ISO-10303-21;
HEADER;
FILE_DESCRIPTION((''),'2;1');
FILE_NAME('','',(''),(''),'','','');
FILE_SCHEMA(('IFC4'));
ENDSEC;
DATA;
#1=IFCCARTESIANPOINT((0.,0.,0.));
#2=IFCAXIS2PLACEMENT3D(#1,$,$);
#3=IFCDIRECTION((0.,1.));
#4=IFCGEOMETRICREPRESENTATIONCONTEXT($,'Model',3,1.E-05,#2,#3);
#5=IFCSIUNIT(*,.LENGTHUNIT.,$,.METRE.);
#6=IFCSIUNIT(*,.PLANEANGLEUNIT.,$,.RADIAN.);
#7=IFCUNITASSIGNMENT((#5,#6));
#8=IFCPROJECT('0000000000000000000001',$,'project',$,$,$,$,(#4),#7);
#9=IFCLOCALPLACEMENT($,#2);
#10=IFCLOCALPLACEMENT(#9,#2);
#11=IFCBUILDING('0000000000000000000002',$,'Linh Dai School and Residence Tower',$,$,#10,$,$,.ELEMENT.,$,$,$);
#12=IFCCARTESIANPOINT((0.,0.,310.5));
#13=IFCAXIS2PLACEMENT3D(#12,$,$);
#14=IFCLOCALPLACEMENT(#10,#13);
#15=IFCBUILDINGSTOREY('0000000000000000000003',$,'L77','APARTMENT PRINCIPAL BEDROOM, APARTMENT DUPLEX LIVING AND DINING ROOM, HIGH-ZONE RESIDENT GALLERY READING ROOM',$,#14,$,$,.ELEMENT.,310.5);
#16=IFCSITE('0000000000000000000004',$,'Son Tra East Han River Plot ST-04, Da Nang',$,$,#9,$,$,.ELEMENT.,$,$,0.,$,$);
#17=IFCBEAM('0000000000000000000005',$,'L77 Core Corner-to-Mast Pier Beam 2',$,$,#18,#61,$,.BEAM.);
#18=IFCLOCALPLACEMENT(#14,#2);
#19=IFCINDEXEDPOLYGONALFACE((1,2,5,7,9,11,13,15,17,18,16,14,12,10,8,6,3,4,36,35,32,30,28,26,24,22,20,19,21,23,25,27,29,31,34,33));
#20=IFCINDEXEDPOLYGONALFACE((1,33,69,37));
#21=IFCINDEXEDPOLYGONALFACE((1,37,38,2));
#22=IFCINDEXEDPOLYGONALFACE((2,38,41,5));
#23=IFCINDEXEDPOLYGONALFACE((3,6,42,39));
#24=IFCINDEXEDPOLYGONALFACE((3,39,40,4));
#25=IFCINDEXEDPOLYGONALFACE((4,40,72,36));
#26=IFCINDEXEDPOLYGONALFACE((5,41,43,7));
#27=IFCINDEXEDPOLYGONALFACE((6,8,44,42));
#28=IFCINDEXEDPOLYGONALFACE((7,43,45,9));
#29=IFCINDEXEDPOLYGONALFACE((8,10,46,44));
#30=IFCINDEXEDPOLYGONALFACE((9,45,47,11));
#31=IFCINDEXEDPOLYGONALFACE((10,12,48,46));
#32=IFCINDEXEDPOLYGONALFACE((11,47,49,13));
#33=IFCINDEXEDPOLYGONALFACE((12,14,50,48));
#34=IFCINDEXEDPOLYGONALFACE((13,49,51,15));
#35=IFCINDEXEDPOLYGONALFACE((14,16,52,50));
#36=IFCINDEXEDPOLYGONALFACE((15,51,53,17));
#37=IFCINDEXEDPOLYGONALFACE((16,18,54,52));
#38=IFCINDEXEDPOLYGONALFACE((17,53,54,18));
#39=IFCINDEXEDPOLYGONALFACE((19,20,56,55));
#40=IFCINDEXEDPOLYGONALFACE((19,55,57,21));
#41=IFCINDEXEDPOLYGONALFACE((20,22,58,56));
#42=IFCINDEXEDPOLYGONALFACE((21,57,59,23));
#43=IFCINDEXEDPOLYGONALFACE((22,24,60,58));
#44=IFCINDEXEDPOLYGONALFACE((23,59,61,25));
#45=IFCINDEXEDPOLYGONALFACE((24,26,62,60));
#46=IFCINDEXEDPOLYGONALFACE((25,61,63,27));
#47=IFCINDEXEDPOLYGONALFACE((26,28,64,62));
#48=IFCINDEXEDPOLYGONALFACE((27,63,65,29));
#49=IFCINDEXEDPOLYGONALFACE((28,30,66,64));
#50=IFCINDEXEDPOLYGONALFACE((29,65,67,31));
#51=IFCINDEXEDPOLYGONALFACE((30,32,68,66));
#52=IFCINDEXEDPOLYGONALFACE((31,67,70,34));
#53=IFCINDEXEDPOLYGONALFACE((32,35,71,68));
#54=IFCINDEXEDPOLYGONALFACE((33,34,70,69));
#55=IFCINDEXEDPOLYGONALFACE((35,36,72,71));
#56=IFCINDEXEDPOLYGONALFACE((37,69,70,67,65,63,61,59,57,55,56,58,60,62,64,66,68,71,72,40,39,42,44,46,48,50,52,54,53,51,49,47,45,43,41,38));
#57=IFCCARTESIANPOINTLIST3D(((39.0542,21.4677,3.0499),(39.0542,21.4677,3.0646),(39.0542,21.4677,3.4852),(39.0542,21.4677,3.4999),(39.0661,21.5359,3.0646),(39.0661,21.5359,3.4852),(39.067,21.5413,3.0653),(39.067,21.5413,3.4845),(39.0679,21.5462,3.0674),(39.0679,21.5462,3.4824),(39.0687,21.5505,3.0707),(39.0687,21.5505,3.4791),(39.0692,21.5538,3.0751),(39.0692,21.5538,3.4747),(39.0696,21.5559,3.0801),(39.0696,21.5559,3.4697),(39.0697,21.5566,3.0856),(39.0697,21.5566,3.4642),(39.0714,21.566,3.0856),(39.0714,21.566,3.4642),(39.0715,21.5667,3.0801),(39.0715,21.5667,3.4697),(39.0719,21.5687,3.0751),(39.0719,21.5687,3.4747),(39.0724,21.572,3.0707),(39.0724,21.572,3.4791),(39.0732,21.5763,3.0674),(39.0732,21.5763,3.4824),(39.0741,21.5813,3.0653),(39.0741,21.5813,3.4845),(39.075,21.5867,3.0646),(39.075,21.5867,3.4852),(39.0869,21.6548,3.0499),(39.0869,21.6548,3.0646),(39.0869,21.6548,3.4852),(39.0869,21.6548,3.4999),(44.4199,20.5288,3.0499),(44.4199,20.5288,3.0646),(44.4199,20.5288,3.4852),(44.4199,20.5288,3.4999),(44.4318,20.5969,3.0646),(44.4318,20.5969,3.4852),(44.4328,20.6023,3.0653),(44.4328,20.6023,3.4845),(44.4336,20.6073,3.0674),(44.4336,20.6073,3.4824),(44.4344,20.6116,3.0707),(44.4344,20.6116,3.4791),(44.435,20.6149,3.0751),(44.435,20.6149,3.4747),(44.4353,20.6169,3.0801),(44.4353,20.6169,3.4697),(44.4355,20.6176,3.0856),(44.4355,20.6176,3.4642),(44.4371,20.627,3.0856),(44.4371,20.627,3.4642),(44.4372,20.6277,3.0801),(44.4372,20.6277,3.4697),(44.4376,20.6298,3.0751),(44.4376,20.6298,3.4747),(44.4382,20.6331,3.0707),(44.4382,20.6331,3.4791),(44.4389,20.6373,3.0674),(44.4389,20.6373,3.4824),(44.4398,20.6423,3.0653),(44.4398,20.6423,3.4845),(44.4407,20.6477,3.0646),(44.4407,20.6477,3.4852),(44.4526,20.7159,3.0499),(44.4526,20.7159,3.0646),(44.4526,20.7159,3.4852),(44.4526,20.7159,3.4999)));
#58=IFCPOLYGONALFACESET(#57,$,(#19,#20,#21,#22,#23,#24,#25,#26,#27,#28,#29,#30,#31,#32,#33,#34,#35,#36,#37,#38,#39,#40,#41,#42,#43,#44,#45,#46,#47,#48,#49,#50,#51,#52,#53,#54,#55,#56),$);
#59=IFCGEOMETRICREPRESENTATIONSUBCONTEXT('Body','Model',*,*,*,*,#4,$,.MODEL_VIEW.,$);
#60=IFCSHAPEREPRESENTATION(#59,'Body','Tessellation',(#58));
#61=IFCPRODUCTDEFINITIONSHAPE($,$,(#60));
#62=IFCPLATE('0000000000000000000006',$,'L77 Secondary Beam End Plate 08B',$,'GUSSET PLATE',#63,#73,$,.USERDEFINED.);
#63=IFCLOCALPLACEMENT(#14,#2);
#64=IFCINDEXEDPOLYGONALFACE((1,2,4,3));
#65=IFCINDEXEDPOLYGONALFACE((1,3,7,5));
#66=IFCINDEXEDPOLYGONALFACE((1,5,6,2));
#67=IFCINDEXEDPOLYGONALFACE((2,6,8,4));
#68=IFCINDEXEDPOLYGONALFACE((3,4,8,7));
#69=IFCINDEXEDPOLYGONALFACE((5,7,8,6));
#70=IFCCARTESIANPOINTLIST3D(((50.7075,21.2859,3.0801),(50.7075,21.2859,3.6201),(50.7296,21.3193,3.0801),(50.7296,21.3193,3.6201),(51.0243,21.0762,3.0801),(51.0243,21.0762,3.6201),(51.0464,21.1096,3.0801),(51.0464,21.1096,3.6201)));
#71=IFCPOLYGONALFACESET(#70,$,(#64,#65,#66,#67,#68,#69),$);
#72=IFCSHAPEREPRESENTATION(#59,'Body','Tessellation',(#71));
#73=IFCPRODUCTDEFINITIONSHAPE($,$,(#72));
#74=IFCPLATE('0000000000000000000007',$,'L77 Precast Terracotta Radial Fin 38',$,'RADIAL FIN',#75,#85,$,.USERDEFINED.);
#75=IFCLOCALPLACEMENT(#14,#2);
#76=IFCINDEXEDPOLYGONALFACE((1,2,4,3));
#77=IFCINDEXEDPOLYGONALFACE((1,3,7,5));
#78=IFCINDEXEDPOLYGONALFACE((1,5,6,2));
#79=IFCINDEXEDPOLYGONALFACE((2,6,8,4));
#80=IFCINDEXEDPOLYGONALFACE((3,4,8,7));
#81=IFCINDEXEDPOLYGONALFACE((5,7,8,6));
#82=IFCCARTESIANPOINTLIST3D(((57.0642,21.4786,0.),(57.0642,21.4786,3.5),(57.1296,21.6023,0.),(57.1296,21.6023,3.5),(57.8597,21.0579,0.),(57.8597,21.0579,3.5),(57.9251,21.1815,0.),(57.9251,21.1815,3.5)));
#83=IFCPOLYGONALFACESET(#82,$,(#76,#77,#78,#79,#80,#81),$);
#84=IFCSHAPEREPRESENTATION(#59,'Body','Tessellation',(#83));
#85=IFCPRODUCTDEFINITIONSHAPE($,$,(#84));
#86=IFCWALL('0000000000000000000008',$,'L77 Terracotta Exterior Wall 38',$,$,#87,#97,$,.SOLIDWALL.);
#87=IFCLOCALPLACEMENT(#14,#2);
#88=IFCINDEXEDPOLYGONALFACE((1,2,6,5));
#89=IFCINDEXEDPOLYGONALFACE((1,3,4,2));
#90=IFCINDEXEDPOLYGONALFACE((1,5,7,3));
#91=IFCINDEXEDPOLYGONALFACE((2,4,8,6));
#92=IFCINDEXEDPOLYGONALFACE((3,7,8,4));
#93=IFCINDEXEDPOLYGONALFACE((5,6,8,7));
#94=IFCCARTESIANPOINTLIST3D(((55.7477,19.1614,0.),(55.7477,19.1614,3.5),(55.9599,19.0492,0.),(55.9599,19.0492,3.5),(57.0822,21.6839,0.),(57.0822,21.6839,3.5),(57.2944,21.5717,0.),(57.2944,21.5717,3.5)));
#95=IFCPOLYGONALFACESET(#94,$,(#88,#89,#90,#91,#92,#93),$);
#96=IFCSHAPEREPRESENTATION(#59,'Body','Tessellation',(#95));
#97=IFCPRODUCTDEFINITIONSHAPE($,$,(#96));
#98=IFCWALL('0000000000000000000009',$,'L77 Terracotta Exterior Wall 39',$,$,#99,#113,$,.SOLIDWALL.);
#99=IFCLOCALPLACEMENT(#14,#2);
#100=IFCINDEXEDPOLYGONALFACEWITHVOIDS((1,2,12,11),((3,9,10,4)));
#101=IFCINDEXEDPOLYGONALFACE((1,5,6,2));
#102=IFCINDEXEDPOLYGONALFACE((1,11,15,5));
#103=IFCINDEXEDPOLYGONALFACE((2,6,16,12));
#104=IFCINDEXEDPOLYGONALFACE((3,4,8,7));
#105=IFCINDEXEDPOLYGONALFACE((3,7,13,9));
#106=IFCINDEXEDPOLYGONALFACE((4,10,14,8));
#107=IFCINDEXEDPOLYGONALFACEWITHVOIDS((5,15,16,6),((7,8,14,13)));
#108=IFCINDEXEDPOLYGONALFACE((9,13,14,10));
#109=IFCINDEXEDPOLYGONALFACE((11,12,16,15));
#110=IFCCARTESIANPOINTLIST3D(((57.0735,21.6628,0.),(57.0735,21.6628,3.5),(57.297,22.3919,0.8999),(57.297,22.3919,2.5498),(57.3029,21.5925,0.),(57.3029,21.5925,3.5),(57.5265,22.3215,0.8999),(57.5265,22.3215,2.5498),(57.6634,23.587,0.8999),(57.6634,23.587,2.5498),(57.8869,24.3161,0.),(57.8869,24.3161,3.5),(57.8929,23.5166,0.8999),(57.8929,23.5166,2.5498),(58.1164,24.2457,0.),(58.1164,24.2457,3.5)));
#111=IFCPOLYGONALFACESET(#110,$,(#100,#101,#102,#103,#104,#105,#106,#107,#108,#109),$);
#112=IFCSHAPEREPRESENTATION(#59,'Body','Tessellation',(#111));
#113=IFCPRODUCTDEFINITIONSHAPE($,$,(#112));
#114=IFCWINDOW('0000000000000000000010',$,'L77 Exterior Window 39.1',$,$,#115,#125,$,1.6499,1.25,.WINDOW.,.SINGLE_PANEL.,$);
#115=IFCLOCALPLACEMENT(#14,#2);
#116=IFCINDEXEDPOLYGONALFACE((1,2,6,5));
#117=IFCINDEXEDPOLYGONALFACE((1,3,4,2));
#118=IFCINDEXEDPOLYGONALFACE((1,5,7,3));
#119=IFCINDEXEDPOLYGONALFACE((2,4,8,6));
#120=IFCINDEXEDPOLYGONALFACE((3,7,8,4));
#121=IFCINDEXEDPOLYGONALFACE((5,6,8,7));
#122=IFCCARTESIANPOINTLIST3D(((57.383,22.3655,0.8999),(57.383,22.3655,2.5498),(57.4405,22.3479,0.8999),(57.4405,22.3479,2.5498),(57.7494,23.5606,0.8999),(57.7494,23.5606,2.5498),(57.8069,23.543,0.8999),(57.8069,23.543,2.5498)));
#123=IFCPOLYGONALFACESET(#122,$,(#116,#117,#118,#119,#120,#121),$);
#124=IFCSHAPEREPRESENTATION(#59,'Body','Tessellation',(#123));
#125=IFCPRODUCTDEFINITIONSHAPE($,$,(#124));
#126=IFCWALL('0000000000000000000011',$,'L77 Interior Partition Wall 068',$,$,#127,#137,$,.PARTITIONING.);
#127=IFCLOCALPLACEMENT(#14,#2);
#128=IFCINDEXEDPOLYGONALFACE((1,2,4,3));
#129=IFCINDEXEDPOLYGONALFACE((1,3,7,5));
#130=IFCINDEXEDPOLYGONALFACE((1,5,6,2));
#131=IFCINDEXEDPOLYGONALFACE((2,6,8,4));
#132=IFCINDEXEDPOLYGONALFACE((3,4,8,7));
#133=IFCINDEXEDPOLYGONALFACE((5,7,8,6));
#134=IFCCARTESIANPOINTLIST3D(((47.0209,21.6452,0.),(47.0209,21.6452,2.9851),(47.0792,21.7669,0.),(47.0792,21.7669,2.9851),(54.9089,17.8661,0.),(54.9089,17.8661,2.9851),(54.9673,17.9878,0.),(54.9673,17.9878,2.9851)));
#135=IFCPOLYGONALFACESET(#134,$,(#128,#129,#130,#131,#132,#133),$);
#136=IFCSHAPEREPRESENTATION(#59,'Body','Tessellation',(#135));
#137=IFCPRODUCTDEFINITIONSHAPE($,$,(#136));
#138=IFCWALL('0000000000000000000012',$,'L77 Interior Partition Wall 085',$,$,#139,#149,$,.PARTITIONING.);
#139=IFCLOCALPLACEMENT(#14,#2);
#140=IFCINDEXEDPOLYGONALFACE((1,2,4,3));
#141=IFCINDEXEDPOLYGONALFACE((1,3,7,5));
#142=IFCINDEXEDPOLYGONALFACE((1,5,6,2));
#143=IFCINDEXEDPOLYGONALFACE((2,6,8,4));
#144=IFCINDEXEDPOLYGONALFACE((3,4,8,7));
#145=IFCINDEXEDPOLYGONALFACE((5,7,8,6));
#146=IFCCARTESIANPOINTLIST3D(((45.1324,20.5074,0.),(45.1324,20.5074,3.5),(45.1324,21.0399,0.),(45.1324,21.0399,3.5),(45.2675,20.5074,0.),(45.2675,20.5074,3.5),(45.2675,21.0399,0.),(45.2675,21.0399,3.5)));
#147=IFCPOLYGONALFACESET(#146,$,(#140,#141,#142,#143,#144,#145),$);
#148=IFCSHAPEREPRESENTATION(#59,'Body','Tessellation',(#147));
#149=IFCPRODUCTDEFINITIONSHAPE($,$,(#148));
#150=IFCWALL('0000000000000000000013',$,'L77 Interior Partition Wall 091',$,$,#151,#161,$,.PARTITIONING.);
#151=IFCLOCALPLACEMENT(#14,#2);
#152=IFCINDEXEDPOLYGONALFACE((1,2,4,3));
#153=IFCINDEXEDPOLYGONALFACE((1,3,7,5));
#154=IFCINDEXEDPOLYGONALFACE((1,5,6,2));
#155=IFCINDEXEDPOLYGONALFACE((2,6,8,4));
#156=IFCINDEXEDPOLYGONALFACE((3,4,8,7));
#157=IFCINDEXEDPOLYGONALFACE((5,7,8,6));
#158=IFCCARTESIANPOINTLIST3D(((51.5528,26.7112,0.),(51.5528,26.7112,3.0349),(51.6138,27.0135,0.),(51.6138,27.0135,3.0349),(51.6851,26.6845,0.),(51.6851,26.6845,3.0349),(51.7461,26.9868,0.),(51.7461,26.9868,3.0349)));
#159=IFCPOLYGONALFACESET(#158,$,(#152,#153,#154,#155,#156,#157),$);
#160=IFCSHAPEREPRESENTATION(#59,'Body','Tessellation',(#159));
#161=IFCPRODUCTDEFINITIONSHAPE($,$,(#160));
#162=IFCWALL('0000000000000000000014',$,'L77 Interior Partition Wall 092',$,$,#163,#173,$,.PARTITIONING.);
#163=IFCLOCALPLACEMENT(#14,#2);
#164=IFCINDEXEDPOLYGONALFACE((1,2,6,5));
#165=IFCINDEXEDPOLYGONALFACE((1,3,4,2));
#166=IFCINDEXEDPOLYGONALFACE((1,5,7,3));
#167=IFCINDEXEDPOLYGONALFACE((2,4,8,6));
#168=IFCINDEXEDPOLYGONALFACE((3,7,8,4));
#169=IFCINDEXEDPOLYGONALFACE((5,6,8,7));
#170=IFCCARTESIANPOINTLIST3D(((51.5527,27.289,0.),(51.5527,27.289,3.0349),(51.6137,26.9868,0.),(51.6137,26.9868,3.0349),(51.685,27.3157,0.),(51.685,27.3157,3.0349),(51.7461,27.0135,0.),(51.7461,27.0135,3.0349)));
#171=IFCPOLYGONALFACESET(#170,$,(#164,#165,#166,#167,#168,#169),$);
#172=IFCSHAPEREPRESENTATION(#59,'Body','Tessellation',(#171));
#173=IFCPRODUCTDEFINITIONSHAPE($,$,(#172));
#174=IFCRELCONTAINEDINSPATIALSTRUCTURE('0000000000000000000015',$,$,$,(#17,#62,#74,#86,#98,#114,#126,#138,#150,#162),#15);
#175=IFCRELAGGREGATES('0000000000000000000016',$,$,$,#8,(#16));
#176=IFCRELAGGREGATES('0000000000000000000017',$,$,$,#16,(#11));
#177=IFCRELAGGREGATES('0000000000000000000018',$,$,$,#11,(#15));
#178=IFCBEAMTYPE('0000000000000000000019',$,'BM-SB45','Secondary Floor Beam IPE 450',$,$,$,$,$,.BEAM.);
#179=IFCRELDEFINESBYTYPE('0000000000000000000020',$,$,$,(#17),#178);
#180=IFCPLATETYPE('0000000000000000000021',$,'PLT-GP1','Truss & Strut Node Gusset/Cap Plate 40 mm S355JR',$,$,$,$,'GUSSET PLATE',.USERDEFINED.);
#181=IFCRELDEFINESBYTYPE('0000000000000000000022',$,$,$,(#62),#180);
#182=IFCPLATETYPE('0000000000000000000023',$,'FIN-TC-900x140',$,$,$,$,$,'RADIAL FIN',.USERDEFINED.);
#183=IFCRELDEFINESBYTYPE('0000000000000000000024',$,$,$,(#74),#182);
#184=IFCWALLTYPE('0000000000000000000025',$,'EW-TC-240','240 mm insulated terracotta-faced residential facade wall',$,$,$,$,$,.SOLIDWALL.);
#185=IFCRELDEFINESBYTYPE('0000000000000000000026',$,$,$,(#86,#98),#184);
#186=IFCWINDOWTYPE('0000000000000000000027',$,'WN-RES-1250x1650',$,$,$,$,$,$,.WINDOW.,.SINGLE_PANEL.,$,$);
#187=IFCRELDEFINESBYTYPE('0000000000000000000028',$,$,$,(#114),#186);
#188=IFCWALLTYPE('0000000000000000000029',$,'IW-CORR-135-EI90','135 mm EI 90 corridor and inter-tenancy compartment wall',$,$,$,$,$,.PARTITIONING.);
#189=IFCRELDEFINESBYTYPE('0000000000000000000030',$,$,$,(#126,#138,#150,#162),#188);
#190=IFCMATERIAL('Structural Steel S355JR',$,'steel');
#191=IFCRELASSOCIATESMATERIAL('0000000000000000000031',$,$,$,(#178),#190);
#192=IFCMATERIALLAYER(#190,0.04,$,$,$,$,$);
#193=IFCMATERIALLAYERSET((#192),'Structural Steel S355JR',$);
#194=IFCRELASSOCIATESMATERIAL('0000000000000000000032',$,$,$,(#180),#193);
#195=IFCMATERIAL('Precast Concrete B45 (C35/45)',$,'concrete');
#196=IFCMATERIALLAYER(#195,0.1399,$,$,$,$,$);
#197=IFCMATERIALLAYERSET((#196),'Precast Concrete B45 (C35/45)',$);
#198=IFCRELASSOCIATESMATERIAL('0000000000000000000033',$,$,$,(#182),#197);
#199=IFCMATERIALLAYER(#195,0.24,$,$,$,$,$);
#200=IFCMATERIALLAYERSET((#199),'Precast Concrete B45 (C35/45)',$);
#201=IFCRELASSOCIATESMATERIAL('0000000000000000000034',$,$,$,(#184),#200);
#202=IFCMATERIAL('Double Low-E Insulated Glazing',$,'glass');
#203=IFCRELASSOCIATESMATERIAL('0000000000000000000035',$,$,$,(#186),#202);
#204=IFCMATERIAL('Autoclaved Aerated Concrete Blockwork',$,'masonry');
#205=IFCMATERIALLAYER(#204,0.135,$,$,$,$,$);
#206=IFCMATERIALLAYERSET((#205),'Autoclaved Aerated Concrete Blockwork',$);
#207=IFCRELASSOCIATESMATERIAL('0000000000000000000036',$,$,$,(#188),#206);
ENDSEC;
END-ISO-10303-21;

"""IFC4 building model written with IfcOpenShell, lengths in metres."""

from ifc_helpers import new_model, si_unit, direction, frame, frame_2d, origin, origin_2d, place, context, subcontext, project, spatial, rectangle, i_section, extrude, source, transform, mapped, material, layer, layer_set, material_profile, profile_set, type_object, element, fill, save


model = new_model("IFC4")

# Units and contexts
model_context = context("Model", 3, precision=1e-05, world=origin(), true_north=direction((0.0, 1.0)))
body_context = subcontext(model_context, "Body", "Model", "MODEL_VIEW")
ifc_project = project(units=[si_unit("LENGTHUNIT", "METRE"), si_unit("PLANEANGLEUNIT", "RADIAN")], contexts=[model_context])

# Site, building, storey
site_placement = place(None, origin())
site = spatial("IfcSite", under=ifc_project, at=site_placement, Name="Son Tra East Han River Plot ST-04, Da Nang", CompositionType="ELEMENT", RefElevation=0.0)
building_placement = place(site_placement, origin())
building = spatial("IfcBuilding", under=site, at=building_placement, Name="Linh Dai School and Residence Tower", CompositionType="ELEMENT")
storey_placement = place(building_placement, frame((0.0, 0.0, 310.5)))
storey = spatial("IfcBuildingStorey", under=building, at=storey_placement, Name="L77", Description="APARTMENT PRINCIPAL BEDROOM, APARTMENT DUPLEX LIVING AND DINING ROOM, HIGH-ZONE RESIDENT GALLERY READING ROOM", CompositionType="ELEMENT", Elevation=310.5)

# Shared definitions
ifc_material_1 = material(Name="Structural Steel S355JR", Category="steel")

# Beam
ifc_material_profile_1 = material_profile(ifc_material_1, i_section(OverallWidth=0.1899, OverallDepth=0.45, WebThickness=0.0095, FlangeThickness=0.0146, FilletRadius=0.021, at=origin_2d()), Name="IPE 450")
ifc_profile_set_1 = profile_set([ifc_material_profile_1], Name="Structural Steel S355JR")
beam_type_1 = type_object("IfcBeamType", Name="BM-SB45", Description="Secondary Floor Beam IPE 450", PredefinedType="BEAM", material=ifc_profile_set_1)
beam_1_placement = place(storey_placement, frame((44.4363, 20.6223, 3.2749), z_axis=(-0.985032, 0.172374, 0.0), x_axis=(-0.172374, -0.985032, 0.0)))
element("IfcBeam", 1, at=beam_1_placement, inside=storey, type_object=beam_type_1, Name="L77 Core Corner-to-Mast Pier Beam 2", PredefinedType="BEAM", context=body_context, shape_type="SweptSolid", body=[
    extrude(i_section(OverallWidth=0.1899, OverallDepth=0.45, WebThickness=0.0095, FlangeThickness=0.0146, FilletRadius=0.021, at=origin_2d()), origin(), (0.0, 0.0, 1.0), 5.4473),
])

# Plates
ifc_layer_1 = layer(ifc_material_1, 0.04)
ifc_layer_set_1 = layer_set([ifc_layer_1], Name="Structural Steel S355JR")
plate_type_1 = type_object("IfcPlateType", Name="PLT-GP1", Description="Truss & Strut Node Gusset/Cap Plate 40 mm S355JR", ElementType="GUSSET PLATE", PredefinedType="USERDEFINED", material=ifc_layer_set_1)
shared_shape_1 = source(origin(), body_context, "Body", "SweptSolid", [
    extrude(rectangle(XDim=0.04, YDim=0.3799, at=origin_2d()), origin(), (0.0, 0.0, 1.0), 0.54),
])
plate_1_placement = place(storey_placement, frame((50.877, 21.1978, 3.0801), z_axis=(0.0, 0.0, 1.0), x_axis=(0.552122, 0.833763, 0.0)))
element("IfcPlate", 2, at=plate_1_placement, inside=storey, type_object=plate_type_1, Name="L77 Secondary Beam End Plate 08B", ObjectType="GUSSET PLATE", PredefinedType="USERDEFINED", context=body_context, shape_type="MappedRepresentation", body=[
    mapped(shared_shape_1, transform((0.0, 0.0, 0.0), x_axis=(1.0, 0.0, 0.0), y_axis=(0.0, 1.0, 0.0), z_axis=(0.0, 0.0, 1.0), scale=1.0)),
])
ifc_material_2 = material(Name="Precast Concrete B45 (C35/45)", Category="concrete")
ifc_layer_2 = layer(ifc_material_2, 0.1399)
ifc_layer_set_2 = layer_set([ifc_layer_2], Name="Precast Concrete B45 (C35/45)")
plate_type_2 = type_object("IfcPlateType", Name="FIN-TC-900x140", ElementType="RADIAL FIN", PredefinedType="USERDEFINED", material=ifc_layer_set_2)
shared_shape_2 = source(origin(), body_context, "Body", "SweptSolid", [
    extrude(rectangle(XDim=0.8999, YDim=0.1399, at=origin_2d()), origin(), (0.0, 0.0, 1.0), 3.5),
])
plate_2_placement = place(storey_placement, frame((57.4946, 21.3301, 0.0), z_axis=(0.0, 0.0, 1.0), x_axis=(0.883938, -0.467604, 0.0)))
element("IfcPlate", 3, at=plate_2_placement, inside=storey, type_object=plate_type_2, Name="L77 Precast Terracotta Radial Fin 38", ObjectType="RADIAL FIN", PredefinedType="USERDEFINED", context=body_context, shape_type="MappedRepresentation", body=[
    mapped(shared_shape_2, transform((0.0, 0.0, 0.0), x_axis=(1.0, 0.0, 0.0), y_axis=(0.0, 1.0, 0.0), z_axis=(0.0, 0.0, 1.0), scale=1.0)),
])

# Wall
ifc_layer_3 = layer(ifc_material_2, 0.24)
ifc_layer_set_3 = layer_set([ifc_layer_3], Name="Precast Concrete B45 (C35/45)")
wall_type_1 = type_object("IfcWallType", Name="EW-TC-240", Description="240 mm insulated terracotta-faced residential facade wall", PredefinedType="SOLIDWALL", material=ifc_layer_set_3)
wall_1_placement = place(storey_placement, frame((57.1882, 21.6277, 0.0), z_axis=(0.0, 0.0, 1.0), x_axis=(-0.467628, -0.883925, 0.0)))
element("IfcWall", 4, at=wall_1_placement, inside=storey, type_object=wall_type_1, Name="L77 Terracotta Exterior Wall 38", PredefinedType="SOLIDWALL", context=body_context, shape_type="SweptSolid", body=[
    extrude(rectangle(XDim=2.8538, YDim=0.24, at=frame_2d((1.4268, 0.0))), origin(), (0.0, 0.0, 1.0), 3.5),
])

# Wall, opening, window
wall_2_placement = place(storey_placement, frame((58.0017, 24.281, 0.0), z_axis=(0.0, 0.0, 1.0), x_axis=(-0.293121, -0.956075, 0.0)))
wall_2 = element("IfcWall", 5, at=wall_2_placement, inside=storey, type_object=wall_type_1, Name="L77 Terracotta Exterior Wall 39", PredefinedType="SOLIDWALL", context=body_context, shape_type="SweptSolid", body=[
    extrude(rectangle(XDim=2.7751, YDim=0.24, at=frame_2d((1.3877, 0.0))), origin(), (0.0, 0.0, 1.0), 3.5),
])
opening_1_placement = place(wall_2_placement, frame((0.7627, 0.0, 0.8999)))
opening_1 = element("IfcOpeningElement", 6, at=opening_1_placement, cuts=wall_2, PredefinedType="OPENING", context=body_context, shape_type="SweptSolid", body=[
    extrude(rectangle(XDim=1.25, YDim=1.6499, at=origin_2d()), frame((0.625, 0.1299, 0.825), z_axis=(0.0, -1.0, 0.0), x_axis=(1.0, 0.0, 0.0)), (0.0, 0.0, 1.0), 0.26),
])
ifc_material_3 = material(Name="Double Low-E Insulated Glazing", Category="glass")
window_type = type_object("IfcWindowType", Name="WN-RES-1250x1650", PartitioningType="SINGLE_PANEL", PredefinedType="WINDOW", material=ifc_material_3)
shared_shape_3 = source(origin(), body_context, "Body", "SweptSolid", [
    extrude(rectangle(XDim=1.25, YDim=1.6499, at=origin_2d()), frame((0.625, 0.03, 0.825), z_axis=(0.0, -1.0, 0.0), x_axis=(1.0, 0.0, 0.0)), (0.0, 0.0, 1.0), 0.0601),
])
window_placement = place(opening_1_placement, origin())
window = element("IfcWindow", 7, at=window_placement, inside=storey, type_object=window_type, Name="L77 Exterior Window 39.1", OverallHeight=1.6499, OverallWidth=1.25, PartitioningType="SINGLE_PANEL", PredefinedType="WINDOW", context=body_context, shape_type="MappedRepresentation", body=[
    mapped(shared_shape_3, transform((0.0, 0.0, 0.0), x_axis=(1.0, 0.0, 0.0), y_axis=(0.0, 1.0, 0.0), z_axis=(0.0, 0.0, 1.0), scale=1.0)),
])
fill(opening_1, window)

# Walls
ifc_material_4 = material(Name="Autoclaved Aerated Concrete Blockwork", Category="masonry")
ifc_layer_4 = layer(ifc_material_4, 0.135)
ifc_layer_set_4 = layer_set([ifc_layer_4], Name="Autoclaved Aerated Concrete Blockwork")
wall_type_2 = type_object("IfcWallType", Name="IW-CORR-135-EI90", Description="135 mm EI 90 corridor and inter-tenancy compartment wall", PredefinedType="PARTITIONING", material=ifc_layer_set_4)
wall_3_placement = place(storey_placement, frame((47.05, 21.7061, 0.0), z_axis=(0.0, 0.0, 1.0), x_axis=(0.901842, -0.432066, 0.0)))
element("IfcWall", 8, at=wall_3_placement, inside=storey, type_object=wall_type_2, Name="L77 Interior Partition Wall 068", PredefinedType="PARTITIONING", context=body_context, shape_type="SweptSolid", body=[
    extrude(rectangle(XDim=8.7466, YDim=0.135, at=frame_2d((4.3733, 0.0))), origin(), (0.0, 0.0, 1.0), 2.9851),
])
wall_4_placement = place(storey_placement, frame((45.2, 20.5076, 0.0), z_axis=(0.0, 0.0, 1.0), x_axis=(0.0, 1.0, 0.0)))
element("IfcWall", 9, at=wall_4_placement, inside=storey, type_object=wall_type_2, Name="L77 Interior Partition Wall 085", PredefinedType="PARTITIONING", context=body_context, shape_type="SweptSolid", body=[
    extrude(rectangle(XDim=0.5325, YDim=0.135, at=frame_2d((0.2661, 0.0))), origin(), (0.0, 0.0, 1.0), 3.5),
])
for number, where, z_axis, x_axis, name in (
    (10, (51.6189, 26.6978, 0.0), (0.0, 0.0, 1.0), (0.197943, 0.980214, 0.0), "L77 Interior Partition Wall 091"),
    (11, (51.6799, 27.0, 0.0), (0.0, 0.0, 1.0), (-0.197943, 0.980214, 0.0), "L77 Interior Partition Wall 092"),
):
    element("IfcWall", number, at=place(storey_placement, frame(where, z_axis=z_axis, x_axis=x_axis)), inside=storey, type_object=wall_type_2, Name=name, PredefinedType="PARTITIONING", context=body_context, shape_type="SweptSolid", body=[
        extrude(rectangle(XDim=0.3083, YDim=0.135, at=frame_2d((0.1543, 0.0))), origin(), (0.0, 0.0, 1.0), 3.0349),
    ])

save(model, "model.ifc")
